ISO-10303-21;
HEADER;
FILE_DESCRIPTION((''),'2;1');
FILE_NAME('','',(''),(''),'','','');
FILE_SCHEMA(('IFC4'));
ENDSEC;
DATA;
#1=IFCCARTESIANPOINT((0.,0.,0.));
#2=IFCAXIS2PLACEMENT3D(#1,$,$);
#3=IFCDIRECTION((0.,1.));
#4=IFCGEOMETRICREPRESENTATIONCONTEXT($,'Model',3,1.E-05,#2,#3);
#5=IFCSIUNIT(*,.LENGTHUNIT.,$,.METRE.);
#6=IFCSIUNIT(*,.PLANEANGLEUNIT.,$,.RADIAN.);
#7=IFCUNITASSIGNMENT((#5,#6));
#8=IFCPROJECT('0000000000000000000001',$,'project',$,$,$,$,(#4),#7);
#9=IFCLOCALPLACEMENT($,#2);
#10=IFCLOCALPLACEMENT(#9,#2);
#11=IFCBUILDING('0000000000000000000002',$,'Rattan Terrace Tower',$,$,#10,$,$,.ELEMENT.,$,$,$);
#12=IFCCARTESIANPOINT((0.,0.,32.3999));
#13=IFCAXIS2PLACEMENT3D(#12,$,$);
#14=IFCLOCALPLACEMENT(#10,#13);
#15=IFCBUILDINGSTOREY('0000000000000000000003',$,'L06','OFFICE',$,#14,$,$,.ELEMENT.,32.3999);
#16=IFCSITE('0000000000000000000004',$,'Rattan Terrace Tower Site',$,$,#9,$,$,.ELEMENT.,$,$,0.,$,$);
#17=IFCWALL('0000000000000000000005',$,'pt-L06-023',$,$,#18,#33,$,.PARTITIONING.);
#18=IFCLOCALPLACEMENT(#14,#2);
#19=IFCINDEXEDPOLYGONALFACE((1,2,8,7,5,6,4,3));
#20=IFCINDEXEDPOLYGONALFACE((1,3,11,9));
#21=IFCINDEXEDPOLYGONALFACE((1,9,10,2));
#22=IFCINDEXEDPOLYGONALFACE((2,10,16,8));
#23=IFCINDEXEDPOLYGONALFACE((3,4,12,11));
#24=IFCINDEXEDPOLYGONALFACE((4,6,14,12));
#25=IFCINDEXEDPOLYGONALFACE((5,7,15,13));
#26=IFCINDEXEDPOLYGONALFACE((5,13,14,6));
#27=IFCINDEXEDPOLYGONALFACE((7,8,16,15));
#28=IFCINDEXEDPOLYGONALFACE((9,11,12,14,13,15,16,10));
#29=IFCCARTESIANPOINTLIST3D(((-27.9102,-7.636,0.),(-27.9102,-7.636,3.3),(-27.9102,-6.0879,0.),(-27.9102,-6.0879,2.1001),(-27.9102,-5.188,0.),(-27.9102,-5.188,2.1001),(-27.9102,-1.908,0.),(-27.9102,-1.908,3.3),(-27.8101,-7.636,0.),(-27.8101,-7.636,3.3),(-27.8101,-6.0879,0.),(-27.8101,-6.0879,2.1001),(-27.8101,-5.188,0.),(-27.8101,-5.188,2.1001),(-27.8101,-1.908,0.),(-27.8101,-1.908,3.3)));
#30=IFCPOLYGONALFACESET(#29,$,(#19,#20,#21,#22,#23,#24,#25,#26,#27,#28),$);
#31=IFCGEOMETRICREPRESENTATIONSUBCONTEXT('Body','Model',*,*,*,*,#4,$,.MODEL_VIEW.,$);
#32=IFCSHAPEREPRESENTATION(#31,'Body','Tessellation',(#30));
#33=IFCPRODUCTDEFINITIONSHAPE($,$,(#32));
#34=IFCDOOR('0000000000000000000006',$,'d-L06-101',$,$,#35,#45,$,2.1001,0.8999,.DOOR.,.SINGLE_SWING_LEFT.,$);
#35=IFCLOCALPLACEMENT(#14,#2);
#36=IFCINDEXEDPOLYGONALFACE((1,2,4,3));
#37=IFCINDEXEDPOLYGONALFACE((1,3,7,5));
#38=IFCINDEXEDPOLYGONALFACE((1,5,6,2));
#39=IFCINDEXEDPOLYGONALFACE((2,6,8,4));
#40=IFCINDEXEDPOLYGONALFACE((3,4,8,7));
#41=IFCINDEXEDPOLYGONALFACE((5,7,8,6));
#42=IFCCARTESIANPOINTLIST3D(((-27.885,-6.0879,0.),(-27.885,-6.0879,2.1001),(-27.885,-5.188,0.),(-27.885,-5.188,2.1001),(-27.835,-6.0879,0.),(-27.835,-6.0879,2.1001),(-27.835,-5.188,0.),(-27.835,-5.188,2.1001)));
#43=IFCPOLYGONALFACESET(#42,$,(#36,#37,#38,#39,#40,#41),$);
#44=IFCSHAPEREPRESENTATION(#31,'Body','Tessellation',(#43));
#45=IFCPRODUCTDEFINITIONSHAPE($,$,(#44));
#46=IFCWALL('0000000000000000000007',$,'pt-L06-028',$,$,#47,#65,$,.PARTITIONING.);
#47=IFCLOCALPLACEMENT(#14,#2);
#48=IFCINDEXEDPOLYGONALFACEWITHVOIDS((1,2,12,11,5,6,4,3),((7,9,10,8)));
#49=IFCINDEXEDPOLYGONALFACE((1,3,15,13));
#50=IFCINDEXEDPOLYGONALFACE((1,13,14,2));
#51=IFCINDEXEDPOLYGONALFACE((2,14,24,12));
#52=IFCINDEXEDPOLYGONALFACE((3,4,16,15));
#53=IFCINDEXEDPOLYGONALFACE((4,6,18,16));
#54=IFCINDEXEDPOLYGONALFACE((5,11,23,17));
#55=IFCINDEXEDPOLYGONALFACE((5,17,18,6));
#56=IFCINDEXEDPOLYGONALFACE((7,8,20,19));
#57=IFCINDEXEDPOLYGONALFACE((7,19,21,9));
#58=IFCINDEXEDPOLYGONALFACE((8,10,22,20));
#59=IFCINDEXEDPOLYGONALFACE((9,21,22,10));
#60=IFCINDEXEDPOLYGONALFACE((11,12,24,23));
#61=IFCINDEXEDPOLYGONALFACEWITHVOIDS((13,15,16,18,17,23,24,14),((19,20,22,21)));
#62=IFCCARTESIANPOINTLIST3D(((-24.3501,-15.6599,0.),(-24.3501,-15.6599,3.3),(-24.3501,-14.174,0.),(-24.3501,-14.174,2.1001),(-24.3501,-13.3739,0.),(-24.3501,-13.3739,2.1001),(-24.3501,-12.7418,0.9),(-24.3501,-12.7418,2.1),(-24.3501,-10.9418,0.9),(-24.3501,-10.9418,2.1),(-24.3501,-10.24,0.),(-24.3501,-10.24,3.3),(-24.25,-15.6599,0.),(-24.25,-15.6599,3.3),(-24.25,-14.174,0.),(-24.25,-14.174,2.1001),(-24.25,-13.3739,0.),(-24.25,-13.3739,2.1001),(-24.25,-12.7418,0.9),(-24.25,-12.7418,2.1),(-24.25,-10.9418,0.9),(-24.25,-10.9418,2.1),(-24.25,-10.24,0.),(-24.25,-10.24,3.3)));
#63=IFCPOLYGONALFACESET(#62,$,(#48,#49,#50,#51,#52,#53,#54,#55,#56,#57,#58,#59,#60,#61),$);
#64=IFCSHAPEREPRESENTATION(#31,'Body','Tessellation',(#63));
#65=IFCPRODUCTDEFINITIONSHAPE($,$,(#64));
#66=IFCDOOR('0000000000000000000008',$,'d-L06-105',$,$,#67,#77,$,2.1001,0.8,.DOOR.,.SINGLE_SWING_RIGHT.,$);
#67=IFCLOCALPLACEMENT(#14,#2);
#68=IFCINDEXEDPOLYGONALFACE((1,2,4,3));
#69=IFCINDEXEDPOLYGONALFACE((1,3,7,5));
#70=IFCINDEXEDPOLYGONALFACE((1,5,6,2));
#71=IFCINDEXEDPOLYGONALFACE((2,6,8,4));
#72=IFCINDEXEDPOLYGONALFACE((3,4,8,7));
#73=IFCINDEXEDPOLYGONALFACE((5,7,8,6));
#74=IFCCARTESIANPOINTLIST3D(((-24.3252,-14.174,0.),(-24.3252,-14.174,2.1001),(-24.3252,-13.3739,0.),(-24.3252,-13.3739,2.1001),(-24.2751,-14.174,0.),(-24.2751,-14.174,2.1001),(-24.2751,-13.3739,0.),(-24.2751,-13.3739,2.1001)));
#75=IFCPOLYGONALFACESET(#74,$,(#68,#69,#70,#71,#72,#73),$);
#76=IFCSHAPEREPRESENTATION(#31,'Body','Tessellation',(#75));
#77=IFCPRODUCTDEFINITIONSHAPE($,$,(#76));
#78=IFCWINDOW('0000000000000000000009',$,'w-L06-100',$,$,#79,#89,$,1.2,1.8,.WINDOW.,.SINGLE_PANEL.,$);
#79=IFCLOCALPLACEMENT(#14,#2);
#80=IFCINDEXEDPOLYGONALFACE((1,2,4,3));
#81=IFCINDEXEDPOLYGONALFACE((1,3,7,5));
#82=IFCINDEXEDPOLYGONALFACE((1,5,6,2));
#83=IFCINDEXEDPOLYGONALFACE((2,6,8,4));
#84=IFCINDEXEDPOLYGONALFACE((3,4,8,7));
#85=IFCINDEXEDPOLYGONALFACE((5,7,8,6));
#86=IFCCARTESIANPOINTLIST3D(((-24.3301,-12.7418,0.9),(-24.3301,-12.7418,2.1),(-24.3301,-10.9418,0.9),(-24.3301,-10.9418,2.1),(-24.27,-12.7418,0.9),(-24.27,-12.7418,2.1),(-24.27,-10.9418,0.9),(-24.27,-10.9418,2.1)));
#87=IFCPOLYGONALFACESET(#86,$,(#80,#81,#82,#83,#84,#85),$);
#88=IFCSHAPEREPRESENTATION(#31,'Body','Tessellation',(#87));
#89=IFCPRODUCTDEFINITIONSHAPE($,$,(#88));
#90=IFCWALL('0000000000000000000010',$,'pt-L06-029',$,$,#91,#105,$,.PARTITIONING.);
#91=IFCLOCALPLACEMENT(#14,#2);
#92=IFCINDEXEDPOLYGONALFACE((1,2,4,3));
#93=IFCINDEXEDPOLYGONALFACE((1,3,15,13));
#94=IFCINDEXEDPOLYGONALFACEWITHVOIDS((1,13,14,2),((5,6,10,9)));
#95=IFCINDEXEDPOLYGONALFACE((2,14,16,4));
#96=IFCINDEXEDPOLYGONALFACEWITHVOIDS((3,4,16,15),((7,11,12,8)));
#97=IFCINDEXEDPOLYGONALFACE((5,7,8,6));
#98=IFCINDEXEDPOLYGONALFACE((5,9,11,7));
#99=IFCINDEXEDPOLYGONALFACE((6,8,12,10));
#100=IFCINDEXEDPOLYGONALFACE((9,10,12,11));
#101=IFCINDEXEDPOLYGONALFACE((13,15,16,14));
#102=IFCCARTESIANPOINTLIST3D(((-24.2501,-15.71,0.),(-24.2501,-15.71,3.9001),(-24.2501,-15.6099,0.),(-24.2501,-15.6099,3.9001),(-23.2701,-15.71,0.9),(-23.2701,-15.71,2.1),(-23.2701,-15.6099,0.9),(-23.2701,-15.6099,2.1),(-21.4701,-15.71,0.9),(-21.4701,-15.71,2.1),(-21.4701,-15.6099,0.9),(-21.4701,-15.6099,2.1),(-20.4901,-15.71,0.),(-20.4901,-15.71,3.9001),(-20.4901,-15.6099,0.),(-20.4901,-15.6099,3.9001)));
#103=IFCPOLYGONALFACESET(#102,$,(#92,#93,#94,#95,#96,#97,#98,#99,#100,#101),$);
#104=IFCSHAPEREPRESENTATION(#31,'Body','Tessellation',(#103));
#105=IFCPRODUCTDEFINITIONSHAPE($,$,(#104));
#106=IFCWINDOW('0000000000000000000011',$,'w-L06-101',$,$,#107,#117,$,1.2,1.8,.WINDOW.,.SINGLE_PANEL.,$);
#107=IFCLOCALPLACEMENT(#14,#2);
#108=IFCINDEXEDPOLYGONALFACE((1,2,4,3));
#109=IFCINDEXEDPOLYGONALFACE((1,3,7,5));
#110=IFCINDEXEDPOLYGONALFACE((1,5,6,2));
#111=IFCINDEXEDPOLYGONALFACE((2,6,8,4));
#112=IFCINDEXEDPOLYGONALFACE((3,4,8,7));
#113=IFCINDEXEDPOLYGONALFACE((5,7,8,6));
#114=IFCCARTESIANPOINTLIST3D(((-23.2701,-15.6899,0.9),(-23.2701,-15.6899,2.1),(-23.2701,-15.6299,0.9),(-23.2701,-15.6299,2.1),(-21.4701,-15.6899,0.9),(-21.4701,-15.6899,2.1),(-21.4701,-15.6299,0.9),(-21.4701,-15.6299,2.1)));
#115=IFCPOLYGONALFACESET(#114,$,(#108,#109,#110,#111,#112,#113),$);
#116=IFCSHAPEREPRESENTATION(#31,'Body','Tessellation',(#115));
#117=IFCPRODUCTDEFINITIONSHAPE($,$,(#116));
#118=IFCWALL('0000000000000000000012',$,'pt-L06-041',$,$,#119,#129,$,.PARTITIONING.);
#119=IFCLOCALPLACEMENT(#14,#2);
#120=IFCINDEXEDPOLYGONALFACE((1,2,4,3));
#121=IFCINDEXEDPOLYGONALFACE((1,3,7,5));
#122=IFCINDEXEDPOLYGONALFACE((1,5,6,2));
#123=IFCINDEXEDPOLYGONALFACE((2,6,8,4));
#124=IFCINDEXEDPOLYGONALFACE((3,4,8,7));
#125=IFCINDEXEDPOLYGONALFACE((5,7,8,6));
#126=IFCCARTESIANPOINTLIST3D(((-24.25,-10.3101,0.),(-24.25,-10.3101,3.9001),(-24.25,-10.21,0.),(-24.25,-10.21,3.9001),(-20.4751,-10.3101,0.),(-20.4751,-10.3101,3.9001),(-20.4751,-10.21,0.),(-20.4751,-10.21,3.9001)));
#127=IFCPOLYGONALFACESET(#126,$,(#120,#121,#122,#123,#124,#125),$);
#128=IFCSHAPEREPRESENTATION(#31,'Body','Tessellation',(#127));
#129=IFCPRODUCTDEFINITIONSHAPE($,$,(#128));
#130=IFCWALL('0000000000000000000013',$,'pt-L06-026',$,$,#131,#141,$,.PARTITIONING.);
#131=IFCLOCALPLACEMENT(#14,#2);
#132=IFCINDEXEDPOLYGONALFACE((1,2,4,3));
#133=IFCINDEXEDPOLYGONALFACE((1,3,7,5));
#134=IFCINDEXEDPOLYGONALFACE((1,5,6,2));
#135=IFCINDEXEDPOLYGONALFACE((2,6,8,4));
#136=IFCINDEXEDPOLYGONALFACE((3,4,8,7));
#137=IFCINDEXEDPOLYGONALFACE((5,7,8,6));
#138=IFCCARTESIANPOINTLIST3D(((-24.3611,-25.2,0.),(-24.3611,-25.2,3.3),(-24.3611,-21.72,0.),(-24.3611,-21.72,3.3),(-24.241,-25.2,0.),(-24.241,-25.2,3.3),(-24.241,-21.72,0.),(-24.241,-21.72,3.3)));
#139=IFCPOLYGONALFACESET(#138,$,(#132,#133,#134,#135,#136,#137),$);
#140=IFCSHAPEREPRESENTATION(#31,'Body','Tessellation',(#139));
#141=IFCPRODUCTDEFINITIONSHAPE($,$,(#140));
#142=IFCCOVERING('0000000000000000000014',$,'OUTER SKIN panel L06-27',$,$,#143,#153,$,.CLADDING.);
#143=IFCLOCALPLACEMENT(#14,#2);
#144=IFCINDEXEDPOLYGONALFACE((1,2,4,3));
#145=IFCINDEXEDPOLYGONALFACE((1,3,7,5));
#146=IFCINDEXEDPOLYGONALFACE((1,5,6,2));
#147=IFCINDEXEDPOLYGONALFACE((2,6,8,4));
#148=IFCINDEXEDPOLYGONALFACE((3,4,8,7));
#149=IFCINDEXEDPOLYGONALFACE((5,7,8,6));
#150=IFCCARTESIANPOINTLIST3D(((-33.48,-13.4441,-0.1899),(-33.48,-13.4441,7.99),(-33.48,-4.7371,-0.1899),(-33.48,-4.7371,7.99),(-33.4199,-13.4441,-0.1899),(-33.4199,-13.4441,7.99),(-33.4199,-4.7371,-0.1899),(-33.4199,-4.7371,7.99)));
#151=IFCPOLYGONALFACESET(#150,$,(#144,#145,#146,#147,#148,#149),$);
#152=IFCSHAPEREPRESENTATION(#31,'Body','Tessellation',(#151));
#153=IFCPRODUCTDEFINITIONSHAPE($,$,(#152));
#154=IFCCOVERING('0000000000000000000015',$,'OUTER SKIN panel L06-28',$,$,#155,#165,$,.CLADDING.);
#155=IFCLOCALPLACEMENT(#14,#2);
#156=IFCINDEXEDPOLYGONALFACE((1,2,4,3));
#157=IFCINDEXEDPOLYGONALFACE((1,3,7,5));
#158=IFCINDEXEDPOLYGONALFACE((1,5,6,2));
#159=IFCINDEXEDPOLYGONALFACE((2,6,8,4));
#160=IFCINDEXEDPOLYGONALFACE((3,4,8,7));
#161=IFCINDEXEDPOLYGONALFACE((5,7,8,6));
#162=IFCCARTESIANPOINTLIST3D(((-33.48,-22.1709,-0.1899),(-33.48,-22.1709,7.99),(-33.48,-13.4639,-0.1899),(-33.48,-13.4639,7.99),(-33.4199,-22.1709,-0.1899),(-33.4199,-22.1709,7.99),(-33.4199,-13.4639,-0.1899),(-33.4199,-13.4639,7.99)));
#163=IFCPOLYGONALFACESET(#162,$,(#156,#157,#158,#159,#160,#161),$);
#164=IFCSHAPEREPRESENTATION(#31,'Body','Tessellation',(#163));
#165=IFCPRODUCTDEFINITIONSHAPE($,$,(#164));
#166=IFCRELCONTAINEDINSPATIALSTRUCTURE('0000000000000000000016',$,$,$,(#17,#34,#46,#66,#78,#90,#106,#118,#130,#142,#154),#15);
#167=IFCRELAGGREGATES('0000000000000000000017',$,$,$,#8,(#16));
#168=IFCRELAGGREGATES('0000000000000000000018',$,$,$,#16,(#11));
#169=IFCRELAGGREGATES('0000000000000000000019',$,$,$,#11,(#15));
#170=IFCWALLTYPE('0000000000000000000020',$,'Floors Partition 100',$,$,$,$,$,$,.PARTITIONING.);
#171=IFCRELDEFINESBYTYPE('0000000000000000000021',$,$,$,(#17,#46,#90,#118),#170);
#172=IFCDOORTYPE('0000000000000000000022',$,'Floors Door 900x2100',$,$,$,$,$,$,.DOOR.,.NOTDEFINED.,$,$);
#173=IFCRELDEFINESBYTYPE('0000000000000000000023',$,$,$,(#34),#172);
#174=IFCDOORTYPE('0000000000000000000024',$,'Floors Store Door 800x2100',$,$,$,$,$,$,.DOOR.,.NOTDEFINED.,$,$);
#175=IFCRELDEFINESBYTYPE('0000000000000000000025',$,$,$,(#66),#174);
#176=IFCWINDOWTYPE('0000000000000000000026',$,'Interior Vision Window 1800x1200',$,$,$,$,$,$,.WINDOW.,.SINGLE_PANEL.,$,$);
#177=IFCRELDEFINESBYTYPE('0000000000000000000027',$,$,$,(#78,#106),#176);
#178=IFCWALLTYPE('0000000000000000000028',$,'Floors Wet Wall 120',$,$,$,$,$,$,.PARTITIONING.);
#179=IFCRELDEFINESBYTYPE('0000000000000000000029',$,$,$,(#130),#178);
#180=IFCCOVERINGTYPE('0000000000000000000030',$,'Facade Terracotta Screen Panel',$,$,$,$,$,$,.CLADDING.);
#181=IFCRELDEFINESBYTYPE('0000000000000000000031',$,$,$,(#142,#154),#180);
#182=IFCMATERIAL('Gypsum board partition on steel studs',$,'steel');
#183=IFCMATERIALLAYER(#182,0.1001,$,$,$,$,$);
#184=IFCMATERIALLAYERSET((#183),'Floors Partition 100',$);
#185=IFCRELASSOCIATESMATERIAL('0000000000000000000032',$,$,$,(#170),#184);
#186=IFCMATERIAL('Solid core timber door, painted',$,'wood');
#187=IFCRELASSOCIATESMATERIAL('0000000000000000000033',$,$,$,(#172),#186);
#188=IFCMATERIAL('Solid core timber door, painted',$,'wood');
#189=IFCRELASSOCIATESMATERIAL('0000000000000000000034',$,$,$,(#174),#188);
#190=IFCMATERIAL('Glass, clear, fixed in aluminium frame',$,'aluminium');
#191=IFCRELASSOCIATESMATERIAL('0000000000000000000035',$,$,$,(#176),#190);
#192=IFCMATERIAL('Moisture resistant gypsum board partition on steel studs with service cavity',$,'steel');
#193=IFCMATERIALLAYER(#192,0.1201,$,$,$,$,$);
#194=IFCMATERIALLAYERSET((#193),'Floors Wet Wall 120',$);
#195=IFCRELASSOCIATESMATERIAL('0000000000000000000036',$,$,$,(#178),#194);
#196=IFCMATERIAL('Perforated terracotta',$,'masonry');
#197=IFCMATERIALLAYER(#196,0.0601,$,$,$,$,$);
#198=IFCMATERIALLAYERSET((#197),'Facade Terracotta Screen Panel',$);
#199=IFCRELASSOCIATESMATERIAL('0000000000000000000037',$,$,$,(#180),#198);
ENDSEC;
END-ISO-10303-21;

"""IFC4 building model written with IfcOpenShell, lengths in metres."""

from ifc_helpers import new_model, si_unit, direction, frame, frame_2d, origin, origin_2d, place, context, subcontext, project, spatial, rectangle, extrude, material, layer, layer_set, type_object, element, fill, save


model = new_model("IFC4")

# Units and contexts
model_context = context("Model", 3, precision=1e-05, world=origin(), true_north=direction((0.0, 1.0)))
body_context = subcontext(model_context, "Body", "Model", "MODEL_VIEW")
ifc_project = project(units=[si_unit("LENGTHUNIT", "METRE"), si_unit("PLANEANGLEUNIT", "RADIAN")], contexts=[model_context])

# Site, building, storey
site_placement = place(None, origin())
site = spatial("IfcSite", under=ifc_project, at=site_placement, Name="Rattan Terrace Tower Site", CompositionType="ELEMENT", RefElevation=0.0)
building_placement = place(site_placement, origin())
building = spatial("IfcBuilding", under=site, at=building_placement, Name="Rattan Terrace Tower", CompositionType="ELEMENT")
storey_placement = place(building_placement, frame((0.0, 0.0, 32.3999)))
storey = spatial("IfcBuildingStorey", under=building, at=storey_placement, Name="L06", Description="OFFICE", CompositionType="ELEMENT", Elevation=32.3999)

# Shared definitions
ifc_material_1 = material(Name="Gypsum board partition on steel studs", Category="steel")
ifc_layer_1 = layer(ifc_material_1, 0.1001)
ifc_layer_set_1 = layer_set([ifc_layer_1], Name="Floors Partition 100")
wall_type_1 = type_object("IfcWallType", Name="Floors Partition 100", PredefinedType="PARTITIONING", material=ifc_layer_set_1)

# Wall, opening, door
wall_1_placement = place(storey_placement, frame((-27.8601, -7.636, 0.0), z_axis=(0.0, 0.0, 1.0), x_axis=(0.0, 1.0, 0.0)))
wall_1 = element("IfcWall", 1, at=wall_1_placement, inside=storey, type_object=wall_type_1, Name="pt-L06-023", PredefinedType="PARTITIONING", context=body_context, shape_type="SweptSolid", body=[
    extrude(rectangle(XDim=5.728, YDim=0.1001, at=frame_2d((2.864, 0.0))), origin(), (0.0, 0.0, 1.0), 3.3),
])
opening_1_placement = place(wall_1_placement, frame((1.5481, 0.0, 0.0)))
opening_1 = element("IfcOpeningElement", 2, at=opening_1_placement, cuts=wall_1, PredefinedType="OPENING", context=body_context, shape_type="SweptSolid", body=[
    extrude(rectangle(XDim=0.8999, YDim=2.1001, at=frame_2d((0.45, 1.05))), frame((0.0, 0.0605, 0.0), z_axis=(0.0, -1.0, 0.0), x_axis=(1.0, 0.0, 0.0)), (0.0, 0.0, 1.0), 0.1211),
])
ifc_material_2 = material(Name="Solid core timber door, painted", Category="wood")
door_type_1 = type_object("IfcDoorType", Name="Floors Door 900x2100", OperationType="NOTDEFINED", PredefinedType="DOOR", material=ifc_material_2)
door_1_placement = place(opening_1_placement, origin())
door_1 = element("IfcDoor", 3, at=door_1_placement, inside=storey, type_object=door_type_1, Name="d-L06-101", OperationType="SINGLE_SWING_LEFT", OverallHeight=2.1001, OverallWidth=0.8999, PredefinedType="DOOR", context=body_context, shape_type="SweptSolid", body=[
    extrude(rectangle(XDim=0.8999, YDim=2.1001, at=frame_2d((0.45, 1.05))), frame((0.0, 0.0249, 0.0), z_axis=(0.0, -1.0, 0.0), x_axis=(1.0, 0.0, 0.0)), (0.0, 0.0, 1.0), 0.05),
])
fill(opening_1, door_1)

# Wall, openings, door, window
wall_2_placement = place(storey_placement, frame((-24.3, -10.24, 0.0), z_axis=(0.0, 0.0, 1.0), x_axis=(0.0, -1.0, 0.0)))
wall_2 = element("IfcWall", 4, at=wall_2_placement, inside=storey, type_object=wall_type_1, Name="pt-L06-028", PredefinedType="PARTITIONING", context=body_context, shape_type="SweptSolid", body=[
    extrude(rectangle(XDim=5.4199, YDim=0.1001, at=frame_2d((2.71, 0.0))), origin(), (0.0, 0.0, 1.0), 3.3),
])
opening_2_placement = place(wall_2_placement, frame((3.134, 0.0, 0.0)))
opening_2 = element("IfcOpeningElement", 5, at=opening_2_placement, cuts=wall_2, PredefinedType="OPENING", context=body_context, shape_type="SweptSolid", body=[
    extrude(rectangle(XDim=0.8, YDim=2.1001, at=frame_2d((0.3999, 1.05))), frame((0.0, 0.0605, 0.0), z_axis=(0.0, -1.0, 0.0), x_axis=(1.0, 0.0, 0.0)), (0.0, 0.0, 1.0), 0.1211),
])
opening_3_placement = place(wall_2_placement, frame((0.7019, 0.0, 0.8999)))
opening_3 = element("IfcOpeningElement", 6, at=opening_3_placement, cuts=wall_2, PredefinedType="OPENING", context=body_context, shape_type="SweptSolid", body=[
    extrude(rectangle(XDim=1.8, YDim=1.2, at=frame_2d((0.8999, 0.6001))), frame((0.0, 0.0605, 0.0), z_axis=(0.0, -1.0, 0.0), x_axis=(1.0, 0.0, 0.0)), (0.0, 0.0, 1.0), 0.1211),
])
ifc_material_3 = material(Name="Solid core timber door, painted", Category="wood")
door_type_2 = type_object("IfcDoorType", Name="Floors Store Door 800x2100", OperationType="NOTDEFINED", PredefinedType="DOOR", material=ifc_material_3)
door_2_placement = place(opening_2_placement, origin())
door_2 = element("IfcDoor", 7, at=door_2_placement, inside=storey, type_object=door_type_2, Name="d-L06-105", OperationType="SINGLE_SWING_RIGHT", OverallHeight=2.1001, OverallWidth=0.8, PredefinedType="DOOR", context=body_context, shape_type="SweptSolid", body=[
    extrude(rectangle(XDim=0.8, YDim=2.1001, at=frame_2d((0.3999, 1.05))), frame((0.0, 0.0249, 0.0), z_axis=(0.0, -1.0, 0.0), x_axis=(1.0, 0.0, 0.0)), (0.0, 0.0, 1.0), 0.05),
])
fill(opening_2, door_2)
ifc_material_4 = material(Name="Glass, clear, fixed in aluminium frame", Category="aluminium")
window_type = type_object("IfcWindowType", Name="Interior Vision Window 1800x1200", PartitioningType="SINGLE_PANEL", PredefinedType="WINDOW", material=ifc_material_4)
window_1_placement = place(opening_3_placement, origin())
window_1 = element("IfcWindow", 8, at=window_1_placement, inside=storey, type_object=window_type, Name="w-L06-100", OverallHeight=1.2, OverallWidth=1.8, PartitioningType="SINGLE_PANEL", PredefinedType="WINDOW", context=body_context, shape_type="SweptSolid", body=[
    extrude(rectangle(XDim=1.8, YDim=1.2, at=frame_2d((0.8999, 0.6001))), frame((0.0, 0.03, 0.0), z_axis=(0.0, -1.0, 0.0), x_axis=(1.0, 0.0, 0.0)), (0.0, 0.0, 1.0), 0.0601),
])
fill(opening_3, window_1)

# Wall, opening, window
wall_3_placement = place(storey_placement, frame((-24.25, -15.6599, 0.0), z_axis=(0.0, 0.0, 1.0), x_axis=(1.0, 0.0, 0.0)))
wall_3 = element("IfcWall", 9, at=wall_3_placement, inside=storey, type_object=wall_type_1, Name="pt-L06-029", PredefinedType="PARTITIONING", context=body_context, shape_type="SweptSolid", body=[
    extrude(rectangle(XDim=3.76, YDim=0.1001, at=frame_2d((1.8799, 0.0))), origin(), (0.0, 0.0, 1.0), 3.9001),
])
opening_4_placement = place(wall_3_placement, frame((0.98, 0.0, 0.8999)))
opening_4 = element("IfcOpeningElement", 10, at=opening_4_placement, cuts=wall_3, PredefinedType="OPENING", context=body_context, shape_type="SweptSolid", body=[
    extrude(rectangle(XDim=1.8, YDim=1.2, at=frame_2d((0.8999, 0.6001))), frame((0.0, 0.0605, 0.0), z_axis=(0.0, -1.0, 0.0), x_axis=(1.0, 0.0, 0.0)), (0.0, 0.0, 1.0), 0.1211),
])
window_2_placement = place(opening_4_placement, origin())
window_2 = element("IfcWindow", 11, at=window_2_placement, inside=storey, type_object=window_type, Name="w-L06-101", OverallHeight=1.2, OverallWidth=1.8, PartitioningType="SINGLE_PANEL", PredefinedType="WINDOW", context=body_context, shape_type="SweptSolid", body=[
    extrude(rectangle(XDim=1.8, YDim=1.2, at=frame_2d((0.8999, 0.6001))), frame((0.0, 0.03, 0.0), z_axis=(0.0, -1.0, 0.0), x_axis=(1.0, 0.0, 0.0)), (0.0, 0.0, 1.0), 0.0601),
])
fill(opening_4, window_2)

# Walls
wall_4_placement = place(storey_placement, frame((-24.25, -10.26, 0.0), z_axis=(0.0, 0.0, 1.0), x_axis=(1.0, 0.0, 0.0)))
element("IfcWall", 12, at=wall_4_placement, inside=storey, type_object=wall_type_1, Name="pt-L06-041", PredefinedType="PARTITIONING", context=body_context, shape_type="SweptSolid", body=[
    extrude(rectangle(XDim=3.7749, YDim=0.1001, at=frame_2d((1.8875, 0.0))), origin(), (0.0, 0.0, 1.0), 3.9001),
])
ifc_material_5 = material(Name="Moisture resistant gypsum board partition on steel studs with service cavity", Category="steel")
ifc_layer_2 = layer(ifc_material_5, 0.1201)
ifc_layer_set_2 = layer_set([ifc_layer_2], Name="Floors Wet Wall 120")
wall_type_2 = type_object("IfcWallType", Name="Floors Wet Wall 120", PredefinedType="PARTITIONING", material=ifc_layer_set_2)
wall_5_placement = place(storey_placement, frame((-24.301, -21.72, 0.0), z_axis=(0.0, 0.0, 1.0), x_axis=(0.0, -1.0, 0.0)))
element("IfcWall", 13, at=wall_5_placement, inside=storey, type_object=wall_type_2, Name="pt-L06-026", PredefinedType="PARTITIONING", context=body_context, shape_type="SweptSolid", body=[
    extrude(rectangle(XDim=3.48, YDim=0.1201, at=frame_2d((1.74, 0.0))), origin(), (0.0, 0.0, 1.0), 3.3),
])

# Coverings
ifc_material_6 = material(Name="Perforated terracotta", Category="masonry")
ifc_layer_3 = layer(ifc_material_6, 0.0601)
ifc_layer_set_3 = layer_set([ifc_layer_3], Name="Facade Terracotta Screen Panel")
covering_type = type_object("IfcCoveringType", Name="Facade Terracotta Screen Panel", PredefinedType="CLADDING", material=ifc_layer_set_3)
for number, where, z_axis, x_axis, name in (
    (14, (-33.45, -9.0906, -0.1899), (0.0, 0.0, 1.0), (0.0, -1.0, 0.0), "OUTER SKIN panel L06-27"),
    (15, (-33.45, -17.8174, -0.1899), (0.0, 0.0, 1.0), (0.0, -1.0, 0.0), "OUTER SKIN panel L06-28"),
):
    element("IfcCovering", number, at=place(storey_placement, frame(where, z_axis=z_axis, x_axis=x_axis)), inside=storey, type_object=covering_type, Name=name, PredefinedType="CLADDING", context=body_context, shape_type="SweptSolid", body=[
        extrude(rectangle(XDim=8.707, YDim=0.0601, at=origin_2d()), origin(), (0.0, 0.0, 1.0), 8.1799),
    ])

save(model, "model.ifc")
